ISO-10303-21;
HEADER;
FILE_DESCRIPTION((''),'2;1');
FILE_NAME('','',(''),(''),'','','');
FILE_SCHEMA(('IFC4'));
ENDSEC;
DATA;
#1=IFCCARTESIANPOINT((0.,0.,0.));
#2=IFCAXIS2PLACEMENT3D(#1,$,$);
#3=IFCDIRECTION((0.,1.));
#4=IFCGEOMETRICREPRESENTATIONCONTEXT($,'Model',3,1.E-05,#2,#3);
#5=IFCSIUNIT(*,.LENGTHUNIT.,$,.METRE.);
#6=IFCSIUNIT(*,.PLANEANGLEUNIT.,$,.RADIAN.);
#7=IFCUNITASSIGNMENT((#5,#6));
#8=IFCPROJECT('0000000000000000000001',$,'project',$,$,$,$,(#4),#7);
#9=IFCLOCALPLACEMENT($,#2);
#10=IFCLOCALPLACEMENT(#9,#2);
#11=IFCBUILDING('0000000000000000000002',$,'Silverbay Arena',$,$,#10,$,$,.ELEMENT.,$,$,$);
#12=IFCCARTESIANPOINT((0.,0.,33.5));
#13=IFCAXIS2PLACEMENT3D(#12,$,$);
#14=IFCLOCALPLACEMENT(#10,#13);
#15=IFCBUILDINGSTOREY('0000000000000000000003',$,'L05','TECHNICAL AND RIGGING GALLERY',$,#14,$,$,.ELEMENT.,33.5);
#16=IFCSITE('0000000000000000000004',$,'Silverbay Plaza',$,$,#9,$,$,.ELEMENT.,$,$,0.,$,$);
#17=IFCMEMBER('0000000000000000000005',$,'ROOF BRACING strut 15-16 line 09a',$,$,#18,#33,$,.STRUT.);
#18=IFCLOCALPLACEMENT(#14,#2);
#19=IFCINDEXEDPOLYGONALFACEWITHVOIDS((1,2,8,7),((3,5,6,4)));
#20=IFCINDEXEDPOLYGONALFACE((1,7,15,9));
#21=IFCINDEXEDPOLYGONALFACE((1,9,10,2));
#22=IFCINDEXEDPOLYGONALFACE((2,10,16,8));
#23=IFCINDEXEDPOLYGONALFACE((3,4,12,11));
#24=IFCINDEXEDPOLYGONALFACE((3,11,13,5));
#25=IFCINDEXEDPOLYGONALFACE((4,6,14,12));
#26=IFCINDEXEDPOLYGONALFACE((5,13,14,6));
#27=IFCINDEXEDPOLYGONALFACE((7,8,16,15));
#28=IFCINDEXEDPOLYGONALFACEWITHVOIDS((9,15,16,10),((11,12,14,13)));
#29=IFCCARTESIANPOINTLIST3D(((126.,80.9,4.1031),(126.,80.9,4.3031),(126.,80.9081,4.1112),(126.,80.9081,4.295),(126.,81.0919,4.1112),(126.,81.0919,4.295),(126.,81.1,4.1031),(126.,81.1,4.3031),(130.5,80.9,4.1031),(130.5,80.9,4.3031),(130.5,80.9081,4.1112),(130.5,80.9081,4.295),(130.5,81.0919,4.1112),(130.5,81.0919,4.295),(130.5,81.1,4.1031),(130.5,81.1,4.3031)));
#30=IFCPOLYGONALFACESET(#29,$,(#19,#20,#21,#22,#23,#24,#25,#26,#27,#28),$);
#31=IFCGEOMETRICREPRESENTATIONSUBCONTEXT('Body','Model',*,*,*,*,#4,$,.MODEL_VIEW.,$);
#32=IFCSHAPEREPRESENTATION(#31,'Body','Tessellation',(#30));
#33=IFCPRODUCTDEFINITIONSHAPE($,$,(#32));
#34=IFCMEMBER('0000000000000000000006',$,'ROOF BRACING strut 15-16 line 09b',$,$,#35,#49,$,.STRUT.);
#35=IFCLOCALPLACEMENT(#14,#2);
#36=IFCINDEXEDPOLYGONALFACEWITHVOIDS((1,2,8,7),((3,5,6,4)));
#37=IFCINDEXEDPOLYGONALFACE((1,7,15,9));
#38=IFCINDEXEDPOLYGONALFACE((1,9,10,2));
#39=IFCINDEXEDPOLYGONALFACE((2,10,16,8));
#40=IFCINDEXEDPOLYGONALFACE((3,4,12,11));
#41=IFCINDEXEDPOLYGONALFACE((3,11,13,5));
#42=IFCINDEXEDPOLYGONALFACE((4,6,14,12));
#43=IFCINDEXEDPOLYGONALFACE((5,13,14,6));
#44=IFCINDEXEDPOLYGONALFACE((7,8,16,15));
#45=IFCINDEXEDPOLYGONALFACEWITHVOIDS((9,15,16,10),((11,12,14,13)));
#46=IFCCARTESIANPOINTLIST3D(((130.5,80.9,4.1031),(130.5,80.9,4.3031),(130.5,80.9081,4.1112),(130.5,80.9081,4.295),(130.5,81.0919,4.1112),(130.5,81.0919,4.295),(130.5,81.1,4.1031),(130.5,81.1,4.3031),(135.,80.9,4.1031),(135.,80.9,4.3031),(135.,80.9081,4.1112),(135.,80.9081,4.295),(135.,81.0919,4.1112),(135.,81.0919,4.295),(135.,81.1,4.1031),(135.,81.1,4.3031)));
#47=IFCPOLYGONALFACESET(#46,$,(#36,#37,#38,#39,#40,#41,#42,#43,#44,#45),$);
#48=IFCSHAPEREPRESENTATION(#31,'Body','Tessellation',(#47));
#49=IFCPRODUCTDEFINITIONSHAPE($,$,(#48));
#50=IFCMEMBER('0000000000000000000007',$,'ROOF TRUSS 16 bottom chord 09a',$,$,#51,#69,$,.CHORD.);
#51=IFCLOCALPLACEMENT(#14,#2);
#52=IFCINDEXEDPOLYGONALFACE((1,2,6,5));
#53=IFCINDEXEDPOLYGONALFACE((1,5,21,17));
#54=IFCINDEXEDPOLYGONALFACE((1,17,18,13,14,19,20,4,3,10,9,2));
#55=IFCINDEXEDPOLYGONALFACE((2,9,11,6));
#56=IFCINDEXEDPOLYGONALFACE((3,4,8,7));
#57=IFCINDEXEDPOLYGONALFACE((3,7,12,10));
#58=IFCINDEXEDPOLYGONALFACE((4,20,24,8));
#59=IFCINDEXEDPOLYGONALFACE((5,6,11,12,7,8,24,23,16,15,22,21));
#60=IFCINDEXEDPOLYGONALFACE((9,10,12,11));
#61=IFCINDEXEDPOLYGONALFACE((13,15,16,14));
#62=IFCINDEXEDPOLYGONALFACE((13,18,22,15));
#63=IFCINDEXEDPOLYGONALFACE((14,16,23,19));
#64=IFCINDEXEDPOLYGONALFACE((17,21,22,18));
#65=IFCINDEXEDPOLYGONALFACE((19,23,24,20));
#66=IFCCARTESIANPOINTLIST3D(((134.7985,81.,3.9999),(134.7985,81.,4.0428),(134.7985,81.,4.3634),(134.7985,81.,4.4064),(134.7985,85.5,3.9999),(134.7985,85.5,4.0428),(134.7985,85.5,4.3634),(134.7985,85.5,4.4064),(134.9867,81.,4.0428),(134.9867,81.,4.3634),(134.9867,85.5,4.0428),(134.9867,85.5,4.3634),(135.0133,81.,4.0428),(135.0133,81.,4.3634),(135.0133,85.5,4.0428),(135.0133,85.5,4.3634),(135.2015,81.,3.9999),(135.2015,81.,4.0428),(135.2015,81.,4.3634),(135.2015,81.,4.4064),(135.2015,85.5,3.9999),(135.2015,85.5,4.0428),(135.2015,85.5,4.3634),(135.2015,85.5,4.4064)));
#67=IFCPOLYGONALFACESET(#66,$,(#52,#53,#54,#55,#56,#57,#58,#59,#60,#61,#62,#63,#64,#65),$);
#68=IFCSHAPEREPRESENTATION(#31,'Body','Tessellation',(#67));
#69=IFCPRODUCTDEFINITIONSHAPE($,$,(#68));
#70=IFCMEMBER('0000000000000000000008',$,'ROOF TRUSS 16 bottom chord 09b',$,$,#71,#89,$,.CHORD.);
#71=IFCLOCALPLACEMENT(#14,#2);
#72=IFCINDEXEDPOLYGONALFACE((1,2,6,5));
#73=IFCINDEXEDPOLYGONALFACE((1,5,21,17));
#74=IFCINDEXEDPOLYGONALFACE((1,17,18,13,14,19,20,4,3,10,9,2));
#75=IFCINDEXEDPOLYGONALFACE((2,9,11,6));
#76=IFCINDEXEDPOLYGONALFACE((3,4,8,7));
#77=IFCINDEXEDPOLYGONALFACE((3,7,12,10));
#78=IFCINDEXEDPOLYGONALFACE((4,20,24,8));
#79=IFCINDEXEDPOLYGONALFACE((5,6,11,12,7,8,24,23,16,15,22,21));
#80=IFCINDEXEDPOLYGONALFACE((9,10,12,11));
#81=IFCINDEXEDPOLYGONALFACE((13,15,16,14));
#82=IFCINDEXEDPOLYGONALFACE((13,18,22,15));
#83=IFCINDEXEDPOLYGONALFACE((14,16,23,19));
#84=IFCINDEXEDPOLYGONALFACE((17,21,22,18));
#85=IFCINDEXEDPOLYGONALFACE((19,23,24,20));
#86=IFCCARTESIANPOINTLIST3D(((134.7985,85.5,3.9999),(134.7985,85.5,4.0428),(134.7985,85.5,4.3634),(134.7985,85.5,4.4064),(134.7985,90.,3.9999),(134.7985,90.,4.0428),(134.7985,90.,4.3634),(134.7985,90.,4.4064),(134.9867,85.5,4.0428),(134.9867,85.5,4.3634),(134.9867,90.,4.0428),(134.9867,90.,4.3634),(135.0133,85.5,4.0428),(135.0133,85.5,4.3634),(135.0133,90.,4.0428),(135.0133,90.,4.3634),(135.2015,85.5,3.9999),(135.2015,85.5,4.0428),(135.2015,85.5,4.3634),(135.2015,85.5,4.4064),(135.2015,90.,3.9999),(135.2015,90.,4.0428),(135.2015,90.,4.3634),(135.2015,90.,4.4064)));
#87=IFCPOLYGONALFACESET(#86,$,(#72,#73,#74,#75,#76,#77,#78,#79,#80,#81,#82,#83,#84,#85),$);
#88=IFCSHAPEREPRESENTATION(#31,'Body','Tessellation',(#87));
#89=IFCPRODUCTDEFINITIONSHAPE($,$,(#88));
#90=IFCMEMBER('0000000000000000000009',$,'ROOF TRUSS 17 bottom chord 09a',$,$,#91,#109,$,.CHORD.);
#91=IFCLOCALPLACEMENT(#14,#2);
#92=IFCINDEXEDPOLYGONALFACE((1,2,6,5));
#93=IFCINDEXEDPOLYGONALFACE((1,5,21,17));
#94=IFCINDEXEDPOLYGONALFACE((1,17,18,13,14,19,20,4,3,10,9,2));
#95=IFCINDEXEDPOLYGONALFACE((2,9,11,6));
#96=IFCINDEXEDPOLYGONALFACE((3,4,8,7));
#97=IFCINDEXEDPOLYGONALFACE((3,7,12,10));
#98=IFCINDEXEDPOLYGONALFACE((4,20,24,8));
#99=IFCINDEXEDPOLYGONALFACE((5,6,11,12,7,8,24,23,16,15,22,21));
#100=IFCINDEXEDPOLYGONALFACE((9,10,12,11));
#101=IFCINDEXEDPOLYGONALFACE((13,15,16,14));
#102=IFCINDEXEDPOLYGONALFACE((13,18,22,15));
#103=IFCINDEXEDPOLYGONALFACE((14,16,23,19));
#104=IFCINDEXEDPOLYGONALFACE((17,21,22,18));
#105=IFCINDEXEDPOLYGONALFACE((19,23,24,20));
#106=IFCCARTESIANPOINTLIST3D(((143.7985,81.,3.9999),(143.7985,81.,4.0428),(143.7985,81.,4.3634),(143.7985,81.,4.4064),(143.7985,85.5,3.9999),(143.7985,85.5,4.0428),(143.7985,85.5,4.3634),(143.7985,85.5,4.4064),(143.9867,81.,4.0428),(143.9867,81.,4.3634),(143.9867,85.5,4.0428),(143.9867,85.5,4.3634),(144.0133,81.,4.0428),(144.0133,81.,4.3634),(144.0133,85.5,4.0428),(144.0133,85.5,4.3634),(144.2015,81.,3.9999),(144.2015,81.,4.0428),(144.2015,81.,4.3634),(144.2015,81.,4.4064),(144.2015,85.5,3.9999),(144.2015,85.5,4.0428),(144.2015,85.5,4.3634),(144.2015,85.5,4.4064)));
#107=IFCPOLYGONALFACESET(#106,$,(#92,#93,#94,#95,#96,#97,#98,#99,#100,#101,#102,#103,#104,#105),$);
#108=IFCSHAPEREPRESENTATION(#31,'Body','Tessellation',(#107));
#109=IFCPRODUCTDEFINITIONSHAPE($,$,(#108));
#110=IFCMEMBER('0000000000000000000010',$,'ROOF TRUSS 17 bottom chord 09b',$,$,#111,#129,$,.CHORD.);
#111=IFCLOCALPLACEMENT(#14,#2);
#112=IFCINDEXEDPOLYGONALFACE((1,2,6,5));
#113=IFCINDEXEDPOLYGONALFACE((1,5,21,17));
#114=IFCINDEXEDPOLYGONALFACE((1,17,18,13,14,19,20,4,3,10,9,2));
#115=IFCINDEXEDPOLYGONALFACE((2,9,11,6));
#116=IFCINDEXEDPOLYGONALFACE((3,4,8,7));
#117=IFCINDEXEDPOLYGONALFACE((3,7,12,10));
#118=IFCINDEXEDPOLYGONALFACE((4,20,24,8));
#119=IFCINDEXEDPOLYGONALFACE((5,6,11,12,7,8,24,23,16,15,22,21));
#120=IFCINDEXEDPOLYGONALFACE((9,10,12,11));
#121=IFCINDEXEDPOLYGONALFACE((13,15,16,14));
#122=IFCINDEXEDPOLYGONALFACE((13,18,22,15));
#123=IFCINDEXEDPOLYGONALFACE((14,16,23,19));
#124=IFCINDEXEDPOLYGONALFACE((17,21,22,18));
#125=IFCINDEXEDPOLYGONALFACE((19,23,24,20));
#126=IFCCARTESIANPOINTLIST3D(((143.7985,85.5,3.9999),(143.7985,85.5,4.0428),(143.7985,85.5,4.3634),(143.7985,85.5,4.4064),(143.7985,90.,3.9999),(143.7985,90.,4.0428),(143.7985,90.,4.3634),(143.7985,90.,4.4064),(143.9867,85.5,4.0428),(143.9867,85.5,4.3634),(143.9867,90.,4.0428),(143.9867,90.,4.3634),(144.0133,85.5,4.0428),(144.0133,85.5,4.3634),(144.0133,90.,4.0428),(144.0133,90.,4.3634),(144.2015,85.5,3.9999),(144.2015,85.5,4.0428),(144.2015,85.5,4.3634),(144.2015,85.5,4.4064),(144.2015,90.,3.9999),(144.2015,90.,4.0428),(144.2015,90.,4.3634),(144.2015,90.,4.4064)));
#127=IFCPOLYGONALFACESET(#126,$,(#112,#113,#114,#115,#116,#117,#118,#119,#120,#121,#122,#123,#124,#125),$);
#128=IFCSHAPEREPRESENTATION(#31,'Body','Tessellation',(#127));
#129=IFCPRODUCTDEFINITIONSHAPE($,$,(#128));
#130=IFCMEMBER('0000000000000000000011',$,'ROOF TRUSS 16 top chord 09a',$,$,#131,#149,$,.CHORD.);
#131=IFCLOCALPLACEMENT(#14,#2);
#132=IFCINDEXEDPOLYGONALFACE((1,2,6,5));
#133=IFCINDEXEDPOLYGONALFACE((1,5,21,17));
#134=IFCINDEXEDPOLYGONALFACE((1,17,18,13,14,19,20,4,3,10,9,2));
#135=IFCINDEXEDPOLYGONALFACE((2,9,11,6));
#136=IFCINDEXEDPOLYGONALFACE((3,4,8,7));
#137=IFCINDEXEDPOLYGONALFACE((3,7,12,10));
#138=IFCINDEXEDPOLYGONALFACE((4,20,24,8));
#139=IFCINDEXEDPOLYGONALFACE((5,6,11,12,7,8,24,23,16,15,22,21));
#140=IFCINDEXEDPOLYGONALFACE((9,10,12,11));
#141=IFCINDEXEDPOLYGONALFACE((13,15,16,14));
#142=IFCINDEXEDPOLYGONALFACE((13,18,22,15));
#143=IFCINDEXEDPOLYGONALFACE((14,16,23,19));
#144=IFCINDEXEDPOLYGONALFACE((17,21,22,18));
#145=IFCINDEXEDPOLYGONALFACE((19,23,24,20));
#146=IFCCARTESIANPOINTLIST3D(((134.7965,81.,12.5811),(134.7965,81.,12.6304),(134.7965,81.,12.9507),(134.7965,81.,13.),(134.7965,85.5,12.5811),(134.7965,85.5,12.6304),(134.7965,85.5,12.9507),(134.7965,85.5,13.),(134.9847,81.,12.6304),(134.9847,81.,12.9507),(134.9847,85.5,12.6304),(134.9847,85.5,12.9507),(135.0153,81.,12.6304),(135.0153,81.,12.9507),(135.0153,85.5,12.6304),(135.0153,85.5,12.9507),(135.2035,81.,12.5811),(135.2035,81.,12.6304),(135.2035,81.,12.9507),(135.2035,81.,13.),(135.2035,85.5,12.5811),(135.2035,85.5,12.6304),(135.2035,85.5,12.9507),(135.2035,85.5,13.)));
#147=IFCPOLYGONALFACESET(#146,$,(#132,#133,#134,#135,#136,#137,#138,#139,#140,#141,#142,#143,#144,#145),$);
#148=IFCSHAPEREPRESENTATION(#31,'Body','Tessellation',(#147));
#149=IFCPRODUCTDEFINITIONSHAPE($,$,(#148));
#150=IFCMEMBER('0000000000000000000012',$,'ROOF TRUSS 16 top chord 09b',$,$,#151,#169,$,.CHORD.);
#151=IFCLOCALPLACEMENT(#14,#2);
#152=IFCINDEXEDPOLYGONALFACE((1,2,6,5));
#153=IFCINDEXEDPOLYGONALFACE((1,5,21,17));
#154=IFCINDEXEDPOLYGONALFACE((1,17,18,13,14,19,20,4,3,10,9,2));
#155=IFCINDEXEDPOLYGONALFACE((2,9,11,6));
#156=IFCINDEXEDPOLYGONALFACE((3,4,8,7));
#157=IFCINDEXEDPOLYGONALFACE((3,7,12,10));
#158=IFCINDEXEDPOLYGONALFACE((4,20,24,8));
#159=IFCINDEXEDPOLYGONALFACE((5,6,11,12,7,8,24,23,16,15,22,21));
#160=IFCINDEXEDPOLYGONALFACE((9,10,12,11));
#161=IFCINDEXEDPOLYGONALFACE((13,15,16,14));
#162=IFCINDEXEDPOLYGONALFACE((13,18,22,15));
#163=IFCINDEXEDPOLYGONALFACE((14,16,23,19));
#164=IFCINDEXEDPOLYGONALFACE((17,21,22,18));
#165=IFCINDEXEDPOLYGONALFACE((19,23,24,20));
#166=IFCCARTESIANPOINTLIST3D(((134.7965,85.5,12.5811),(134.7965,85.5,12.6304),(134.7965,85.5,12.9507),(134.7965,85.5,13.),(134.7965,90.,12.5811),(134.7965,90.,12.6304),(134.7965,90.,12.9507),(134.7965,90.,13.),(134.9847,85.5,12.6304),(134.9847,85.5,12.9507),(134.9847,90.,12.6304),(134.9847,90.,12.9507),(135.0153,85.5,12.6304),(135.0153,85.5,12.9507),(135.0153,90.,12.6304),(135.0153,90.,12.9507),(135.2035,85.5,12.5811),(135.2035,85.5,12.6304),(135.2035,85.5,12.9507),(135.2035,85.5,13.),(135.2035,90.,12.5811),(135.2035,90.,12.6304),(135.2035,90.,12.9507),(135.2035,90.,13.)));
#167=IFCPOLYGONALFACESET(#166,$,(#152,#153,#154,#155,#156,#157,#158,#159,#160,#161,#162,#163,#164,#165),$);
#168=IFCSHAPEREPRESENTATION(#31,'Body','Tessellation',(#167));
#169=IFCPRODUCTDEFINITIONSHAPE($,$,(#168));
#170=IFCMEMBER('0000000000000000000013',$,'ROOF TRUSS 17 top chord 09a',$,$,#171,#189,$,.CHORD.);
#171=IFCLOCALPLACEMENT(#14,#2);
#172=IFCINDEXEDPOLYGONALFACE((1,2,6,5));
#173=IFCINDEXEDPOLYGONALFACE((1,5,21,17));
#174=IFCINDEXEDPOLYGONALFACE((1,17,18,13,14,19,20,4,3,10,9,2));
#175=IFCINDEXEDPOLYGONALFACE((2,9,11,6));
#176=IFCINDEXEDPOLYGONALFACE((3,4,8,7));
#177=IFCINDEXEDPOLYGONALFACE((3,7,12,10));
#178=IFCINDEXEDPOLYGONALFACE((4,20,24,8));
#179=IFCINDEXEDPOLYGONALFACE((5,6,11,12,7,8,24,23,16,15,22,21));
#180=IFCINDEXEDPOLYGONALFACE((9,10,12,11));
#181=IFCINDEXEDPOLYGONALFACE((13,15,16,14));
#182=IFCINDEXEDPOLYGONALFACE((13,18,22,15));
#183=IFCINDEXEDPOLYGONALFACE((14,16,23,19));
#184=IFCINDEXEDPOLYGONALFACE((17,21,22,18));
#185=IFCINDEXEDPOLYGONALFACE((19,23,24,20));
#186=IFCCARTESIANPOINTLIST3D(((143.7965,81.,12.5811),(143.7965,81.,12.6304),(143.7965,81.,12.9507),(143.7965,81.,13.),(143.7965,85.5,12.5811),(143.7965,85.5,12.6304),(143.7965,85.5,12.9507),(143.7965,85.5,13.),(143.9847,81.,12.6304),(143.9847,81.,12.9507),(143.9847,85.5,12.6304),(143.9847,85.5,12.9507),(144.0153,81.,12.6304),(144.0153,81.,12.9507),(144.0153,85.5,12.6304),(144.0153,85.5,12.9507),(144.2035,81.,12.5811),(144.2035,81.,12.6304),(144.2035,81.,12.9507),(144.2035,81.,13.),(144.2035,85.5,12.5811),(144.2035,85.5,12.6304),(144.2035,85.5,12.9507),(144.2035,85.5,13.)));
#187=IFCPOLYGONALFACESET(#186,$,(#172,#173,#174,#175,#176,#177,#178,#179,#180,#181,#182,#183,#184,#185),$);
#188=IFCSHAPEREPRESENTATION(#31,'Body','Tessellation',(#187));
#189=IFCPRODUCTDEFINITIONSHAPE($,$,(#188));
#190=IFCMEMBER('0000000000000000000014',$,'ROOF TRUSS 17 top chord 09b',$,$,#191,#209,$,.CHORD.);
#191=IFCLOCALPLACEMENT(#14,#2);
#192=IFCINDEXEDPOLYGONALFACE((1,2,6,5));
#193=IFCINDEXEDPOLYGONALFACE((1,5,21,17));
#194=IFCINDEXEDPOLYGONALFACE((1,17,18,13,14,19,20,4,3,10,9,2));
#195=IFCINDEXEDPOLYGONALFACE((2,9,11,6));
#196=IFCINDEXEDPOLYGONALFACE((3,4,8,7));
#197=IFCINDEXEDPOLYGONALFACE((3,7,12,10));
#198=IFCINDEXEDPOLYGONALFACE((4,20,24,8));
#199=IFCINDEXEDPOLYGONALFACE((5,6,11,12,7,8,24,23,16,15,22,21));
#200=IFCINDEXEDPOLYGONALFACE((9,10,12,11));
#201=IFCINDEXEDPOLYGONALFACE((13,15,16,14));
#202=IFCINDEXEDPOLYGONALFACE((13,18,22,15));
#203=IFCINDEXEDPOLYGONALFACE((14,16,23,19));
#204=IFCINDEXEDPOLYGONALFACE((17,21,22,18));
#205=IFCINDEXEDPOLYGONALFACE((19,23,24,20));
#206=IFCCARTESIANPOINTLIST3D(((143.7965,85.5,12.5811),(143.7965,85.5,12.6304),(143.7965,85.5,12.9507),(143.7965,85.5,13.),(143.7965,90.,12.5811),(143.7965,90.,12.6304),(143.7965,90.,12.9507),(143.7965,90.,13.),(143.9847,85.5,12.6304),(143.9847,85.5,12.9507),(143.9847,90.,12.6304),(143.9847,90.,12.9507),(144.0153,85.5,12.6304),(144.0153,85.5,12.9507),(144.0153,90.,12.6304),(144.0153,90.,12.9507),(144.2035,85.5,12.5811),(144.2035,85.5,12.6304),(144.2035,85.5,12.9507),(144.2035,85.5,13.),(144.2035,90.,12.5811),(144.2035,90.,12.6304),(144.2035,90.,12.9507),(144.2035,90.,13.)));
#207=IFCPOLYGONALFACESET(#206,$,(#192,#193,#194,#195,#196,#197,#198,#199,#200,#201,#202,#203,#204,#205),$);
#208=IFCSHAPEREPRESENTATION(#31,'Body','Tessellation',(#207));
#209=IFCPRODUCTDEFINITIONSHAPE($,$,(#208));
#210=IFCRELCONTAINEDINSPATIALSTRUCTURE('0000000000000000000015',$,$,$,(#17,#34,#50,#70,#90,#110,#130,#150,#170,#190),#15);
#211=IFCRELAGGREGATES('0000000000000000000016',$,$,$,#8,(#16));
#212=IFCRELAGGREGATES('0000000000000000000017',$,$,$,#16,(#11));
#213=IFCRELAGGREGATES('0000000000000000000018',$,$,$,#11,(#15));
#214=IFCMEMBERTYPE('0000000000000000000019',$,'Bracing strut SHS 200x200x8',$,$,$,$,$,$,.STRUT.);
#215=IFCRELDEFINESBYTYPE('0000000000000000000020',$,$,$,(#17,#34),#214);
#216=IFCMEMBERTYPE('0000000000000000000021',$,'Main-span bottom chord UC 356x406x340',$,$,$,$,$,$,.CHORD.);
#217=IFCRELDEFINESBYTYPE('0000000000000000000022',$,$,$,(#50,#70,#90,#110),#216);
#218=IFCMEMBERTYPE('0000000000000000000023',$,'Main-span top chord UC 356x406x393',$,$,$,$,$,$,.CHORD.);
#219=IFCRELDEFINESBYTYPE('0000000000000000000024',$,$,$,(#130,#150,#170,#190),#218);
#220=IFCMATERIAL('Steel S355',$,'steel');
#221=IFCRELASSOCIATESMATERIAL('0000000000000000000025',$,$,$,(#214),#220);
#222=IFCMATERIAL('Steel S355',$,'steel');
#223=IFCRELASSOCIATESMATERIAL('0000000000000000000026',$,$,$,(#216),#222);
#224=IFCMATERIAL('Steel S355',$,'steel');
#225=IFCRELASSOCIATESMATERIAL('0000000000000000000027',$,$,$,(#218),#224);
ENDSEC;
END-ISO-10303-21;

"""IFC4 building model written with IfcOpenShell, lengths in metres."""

from ifc_helpers import new_model, si_unit, direction, frame, origin, origin_2d, place, context, subcontext, project, spatial, hollow_rectangle, i_section, extrude, material, material_profile, profile_set, type_object, element, save


model = new_model("IFC4")

# Units and contexts
model_context = context("Model", 3, precision=1e-05, world=origin(), true_north=direction((0.0, 1.0)))
body_context = subcontext(model_context, "Body", "Model", "MODEL_VIEW")
ifc_project = project(units=[si_unit("LENGTHUNIT", "METRE"), si_unit("PLANEANGLEUNIT", "RADIAN")], contexts=[model_context])

# Site, building, storey
site_placement = place(None, origin())
site = spatial("IfcSite", under=ifc_project, at=site_placement, Name="Silverbay Plaza", CompositionType="ELEMENT", RefElevation=0.0)
building_placement = place(site_placement, origin())
building = spatial("IfcBuilding", under=site, at=building_placement, Name="Silverbay Arena", CompositionType="ELEMENT")
storey_placement = place(building_placement, frame((0.0, 0.0, 33.5)))
storey = spatial("IfcBuildingStorey", under=building, at=storey_placement, Name="L05", Description="TECHNICAL AND RIGGING GALLERY", CompositionType="ELEMENT", Elevation=33.5)

# Members
ifc_material_1 = material(Name="Steel S355", Category="steel")
ifc_material_profile_1 = material_profile(ifc_material_1, hollow_rectangle(XDim=0.2, YDim=0.2, WallThickness=0.0081, at=origin_2d()), Name="SHS 200x200x8")
ifc_profile_set_1 = profile_set([ifc_material_profile_1], Name="Steel S355")
member_type_1 = type_object("IfcMemberType", Name="Bracing strut SHS 200x200x8", PredefinedType="STRUT", material=ifc_profile_set_1)
for number, where, z_axis, x_axis, name in (
    (1, (126.0, 81.0, 4.2031), (1.0, 0.0, 0.0), (0.0, 1.0, 0.0), "ROOF BRACING strut 15-16 line 09a"),
    (2, (130.5, 81.0, 4.2031), (1.0, 0.0, 0.0), (0.0, 1.0, 0.0), "ROOF BRACING strut 15-16 line 09b"),
):
    element("IfcMember", number, at=place(storey_placement, frame(where, z_axis=z_axis, x_axis=x_axis)), inside=storey, type_object=member_type_1, Name=name, PredefinedType="STRUT", context=body_context, shape_type="SweptSolid", body=[
        extrude(hollow_rectangle(XDim=0.2, YDim=0.2, WallThickness=0.0081, at=origin_2d()), origin(), (0.0, 0.0, 1.0), 4.5),
    ])
ifc_material_2 = material(Name="Steel S355", Category="steel")
ifc_material_profile_2 = material_profile(ifc_material_2, i_section(OverallWidth=0.4031, OverallDepth=0.4065, WebThickness=0.0266, FlangeThickness=0.043, at=origin_2d()), Name="UC 356x406x340")
ifc_profile_set_2 = profile_set([ifc_material_profile_2], Name="Steel S355")
member_type_2 = type_object("IfcMemberType", Name="Main-span bottom chord UC 356x406x340", PredefinedType="CHORD", material=ifc_profile_set_2)
for number, where, z_axis, x_axis, name in (
    (3, (135.0, 81.0, 4.2031), (0.0, 1.0, 0.0), (-1.0, 0.0, 0.0), "ROOF TRUSS 16 bottom chord 09a"),
    (4, (135.0, 85.5, 4.2031), (0.0, 1.0, 0.0), (-1.0, 0.0, 0.0), "ROOF TRUSS 16 bottom chord 09b"),
    (5, (144.0, 81.0, 4.2031), (0.0, 1.0, 0.0), (-1.0, 0.0, 0.0), "ROOF TRUSS 17 bottom chord 09a"),
    (6, (144.0, 85.5, 4.2031), (0.0, 1.0, 0.0), (-1.0, 0.0, 0.0), "ROOF TRUSS 17 bottom chord 09b"),
):
    element("IfcMember", number, at=place(storey_placement, frame(where, z_axis=z_axis, x_axis=x_axis)), inside=storey, type_object=member_type_2, Name=name, PredefinedType="CHORD", context=body_context, shape_type="SweptSolid", body=[
        extrude(i_section(OverallWidth=0.4031, OverallDepth=0.4065, WebThickness=0.0266, FlangeThickness=0.043, at=origin_2d()), origin(), (0.0, 0.0, 1.0), 4.5),
    ])
ifc_material_3 = material(Name="Steel S355", Category="steel")
ifc_material_profile_3 = material_profile(ifc_material_3, i_section(OverallWidth=0.407, OverallDepth=0.4189, WebThickness=0.0305, FlangeThickness=0.0493, at=origin_2d()), Name="UC 356x406x393")
ifc_profile_set_3 = profile_set([ifc_material_profile_3], Name="Steel S355")
member_type_3 = type_object("IfcMemberType", Name="Main-span top chord UC 356x406x393", PredefinedType="CHORD", material=ifc_profile_set_3)
for number, where, z_axis, x_axis, name in (
    (7, (135.0, 81.0, 12.7905), (0.0, 1.0, 0.0), (-1.0, 0.0, 0.0), "ROOF TRUSS 16 top chord 09a"),
    (8, (135.0, 85.5, 12.7905), (0.0, 1.0, 0.0), (-1.0, 0.0, 0.0), "ROOF TRUSS 16 top chord 09b"),
    (9, (144.0, 81.0, 12.7905), (0.0, 1.0, 0.0), (-1.0, 0.0, 0.0), "ROOF TRUSS 17 top chord 09a"),
    (10, (144.0, 85.5, 12.7905), (0.0, 1.0, 0.0), (-1.0, 0.0, 0.0), "ROOF TRUSS 17 top chord 09b"),
):
    element("IfcMember", number, at=place(storey_placement, frame(where, z_axis=z_axis, x_axis=x_axis)), inside=storey, type_object=member_type_3, Name=name, PredefinedType="CHORD", context=body_context, shape_type="SweptSolid", body=[
        extrude(i_section(OverallWidth=0.407, OverallDepth=0.4189, WebThickness=0.0305, FlangeThickness=0.0493, at=origin_2d()), origin(), (0.0, 0.0, 1.0), 4.5),
    ])

save(model, "model.ifc")
